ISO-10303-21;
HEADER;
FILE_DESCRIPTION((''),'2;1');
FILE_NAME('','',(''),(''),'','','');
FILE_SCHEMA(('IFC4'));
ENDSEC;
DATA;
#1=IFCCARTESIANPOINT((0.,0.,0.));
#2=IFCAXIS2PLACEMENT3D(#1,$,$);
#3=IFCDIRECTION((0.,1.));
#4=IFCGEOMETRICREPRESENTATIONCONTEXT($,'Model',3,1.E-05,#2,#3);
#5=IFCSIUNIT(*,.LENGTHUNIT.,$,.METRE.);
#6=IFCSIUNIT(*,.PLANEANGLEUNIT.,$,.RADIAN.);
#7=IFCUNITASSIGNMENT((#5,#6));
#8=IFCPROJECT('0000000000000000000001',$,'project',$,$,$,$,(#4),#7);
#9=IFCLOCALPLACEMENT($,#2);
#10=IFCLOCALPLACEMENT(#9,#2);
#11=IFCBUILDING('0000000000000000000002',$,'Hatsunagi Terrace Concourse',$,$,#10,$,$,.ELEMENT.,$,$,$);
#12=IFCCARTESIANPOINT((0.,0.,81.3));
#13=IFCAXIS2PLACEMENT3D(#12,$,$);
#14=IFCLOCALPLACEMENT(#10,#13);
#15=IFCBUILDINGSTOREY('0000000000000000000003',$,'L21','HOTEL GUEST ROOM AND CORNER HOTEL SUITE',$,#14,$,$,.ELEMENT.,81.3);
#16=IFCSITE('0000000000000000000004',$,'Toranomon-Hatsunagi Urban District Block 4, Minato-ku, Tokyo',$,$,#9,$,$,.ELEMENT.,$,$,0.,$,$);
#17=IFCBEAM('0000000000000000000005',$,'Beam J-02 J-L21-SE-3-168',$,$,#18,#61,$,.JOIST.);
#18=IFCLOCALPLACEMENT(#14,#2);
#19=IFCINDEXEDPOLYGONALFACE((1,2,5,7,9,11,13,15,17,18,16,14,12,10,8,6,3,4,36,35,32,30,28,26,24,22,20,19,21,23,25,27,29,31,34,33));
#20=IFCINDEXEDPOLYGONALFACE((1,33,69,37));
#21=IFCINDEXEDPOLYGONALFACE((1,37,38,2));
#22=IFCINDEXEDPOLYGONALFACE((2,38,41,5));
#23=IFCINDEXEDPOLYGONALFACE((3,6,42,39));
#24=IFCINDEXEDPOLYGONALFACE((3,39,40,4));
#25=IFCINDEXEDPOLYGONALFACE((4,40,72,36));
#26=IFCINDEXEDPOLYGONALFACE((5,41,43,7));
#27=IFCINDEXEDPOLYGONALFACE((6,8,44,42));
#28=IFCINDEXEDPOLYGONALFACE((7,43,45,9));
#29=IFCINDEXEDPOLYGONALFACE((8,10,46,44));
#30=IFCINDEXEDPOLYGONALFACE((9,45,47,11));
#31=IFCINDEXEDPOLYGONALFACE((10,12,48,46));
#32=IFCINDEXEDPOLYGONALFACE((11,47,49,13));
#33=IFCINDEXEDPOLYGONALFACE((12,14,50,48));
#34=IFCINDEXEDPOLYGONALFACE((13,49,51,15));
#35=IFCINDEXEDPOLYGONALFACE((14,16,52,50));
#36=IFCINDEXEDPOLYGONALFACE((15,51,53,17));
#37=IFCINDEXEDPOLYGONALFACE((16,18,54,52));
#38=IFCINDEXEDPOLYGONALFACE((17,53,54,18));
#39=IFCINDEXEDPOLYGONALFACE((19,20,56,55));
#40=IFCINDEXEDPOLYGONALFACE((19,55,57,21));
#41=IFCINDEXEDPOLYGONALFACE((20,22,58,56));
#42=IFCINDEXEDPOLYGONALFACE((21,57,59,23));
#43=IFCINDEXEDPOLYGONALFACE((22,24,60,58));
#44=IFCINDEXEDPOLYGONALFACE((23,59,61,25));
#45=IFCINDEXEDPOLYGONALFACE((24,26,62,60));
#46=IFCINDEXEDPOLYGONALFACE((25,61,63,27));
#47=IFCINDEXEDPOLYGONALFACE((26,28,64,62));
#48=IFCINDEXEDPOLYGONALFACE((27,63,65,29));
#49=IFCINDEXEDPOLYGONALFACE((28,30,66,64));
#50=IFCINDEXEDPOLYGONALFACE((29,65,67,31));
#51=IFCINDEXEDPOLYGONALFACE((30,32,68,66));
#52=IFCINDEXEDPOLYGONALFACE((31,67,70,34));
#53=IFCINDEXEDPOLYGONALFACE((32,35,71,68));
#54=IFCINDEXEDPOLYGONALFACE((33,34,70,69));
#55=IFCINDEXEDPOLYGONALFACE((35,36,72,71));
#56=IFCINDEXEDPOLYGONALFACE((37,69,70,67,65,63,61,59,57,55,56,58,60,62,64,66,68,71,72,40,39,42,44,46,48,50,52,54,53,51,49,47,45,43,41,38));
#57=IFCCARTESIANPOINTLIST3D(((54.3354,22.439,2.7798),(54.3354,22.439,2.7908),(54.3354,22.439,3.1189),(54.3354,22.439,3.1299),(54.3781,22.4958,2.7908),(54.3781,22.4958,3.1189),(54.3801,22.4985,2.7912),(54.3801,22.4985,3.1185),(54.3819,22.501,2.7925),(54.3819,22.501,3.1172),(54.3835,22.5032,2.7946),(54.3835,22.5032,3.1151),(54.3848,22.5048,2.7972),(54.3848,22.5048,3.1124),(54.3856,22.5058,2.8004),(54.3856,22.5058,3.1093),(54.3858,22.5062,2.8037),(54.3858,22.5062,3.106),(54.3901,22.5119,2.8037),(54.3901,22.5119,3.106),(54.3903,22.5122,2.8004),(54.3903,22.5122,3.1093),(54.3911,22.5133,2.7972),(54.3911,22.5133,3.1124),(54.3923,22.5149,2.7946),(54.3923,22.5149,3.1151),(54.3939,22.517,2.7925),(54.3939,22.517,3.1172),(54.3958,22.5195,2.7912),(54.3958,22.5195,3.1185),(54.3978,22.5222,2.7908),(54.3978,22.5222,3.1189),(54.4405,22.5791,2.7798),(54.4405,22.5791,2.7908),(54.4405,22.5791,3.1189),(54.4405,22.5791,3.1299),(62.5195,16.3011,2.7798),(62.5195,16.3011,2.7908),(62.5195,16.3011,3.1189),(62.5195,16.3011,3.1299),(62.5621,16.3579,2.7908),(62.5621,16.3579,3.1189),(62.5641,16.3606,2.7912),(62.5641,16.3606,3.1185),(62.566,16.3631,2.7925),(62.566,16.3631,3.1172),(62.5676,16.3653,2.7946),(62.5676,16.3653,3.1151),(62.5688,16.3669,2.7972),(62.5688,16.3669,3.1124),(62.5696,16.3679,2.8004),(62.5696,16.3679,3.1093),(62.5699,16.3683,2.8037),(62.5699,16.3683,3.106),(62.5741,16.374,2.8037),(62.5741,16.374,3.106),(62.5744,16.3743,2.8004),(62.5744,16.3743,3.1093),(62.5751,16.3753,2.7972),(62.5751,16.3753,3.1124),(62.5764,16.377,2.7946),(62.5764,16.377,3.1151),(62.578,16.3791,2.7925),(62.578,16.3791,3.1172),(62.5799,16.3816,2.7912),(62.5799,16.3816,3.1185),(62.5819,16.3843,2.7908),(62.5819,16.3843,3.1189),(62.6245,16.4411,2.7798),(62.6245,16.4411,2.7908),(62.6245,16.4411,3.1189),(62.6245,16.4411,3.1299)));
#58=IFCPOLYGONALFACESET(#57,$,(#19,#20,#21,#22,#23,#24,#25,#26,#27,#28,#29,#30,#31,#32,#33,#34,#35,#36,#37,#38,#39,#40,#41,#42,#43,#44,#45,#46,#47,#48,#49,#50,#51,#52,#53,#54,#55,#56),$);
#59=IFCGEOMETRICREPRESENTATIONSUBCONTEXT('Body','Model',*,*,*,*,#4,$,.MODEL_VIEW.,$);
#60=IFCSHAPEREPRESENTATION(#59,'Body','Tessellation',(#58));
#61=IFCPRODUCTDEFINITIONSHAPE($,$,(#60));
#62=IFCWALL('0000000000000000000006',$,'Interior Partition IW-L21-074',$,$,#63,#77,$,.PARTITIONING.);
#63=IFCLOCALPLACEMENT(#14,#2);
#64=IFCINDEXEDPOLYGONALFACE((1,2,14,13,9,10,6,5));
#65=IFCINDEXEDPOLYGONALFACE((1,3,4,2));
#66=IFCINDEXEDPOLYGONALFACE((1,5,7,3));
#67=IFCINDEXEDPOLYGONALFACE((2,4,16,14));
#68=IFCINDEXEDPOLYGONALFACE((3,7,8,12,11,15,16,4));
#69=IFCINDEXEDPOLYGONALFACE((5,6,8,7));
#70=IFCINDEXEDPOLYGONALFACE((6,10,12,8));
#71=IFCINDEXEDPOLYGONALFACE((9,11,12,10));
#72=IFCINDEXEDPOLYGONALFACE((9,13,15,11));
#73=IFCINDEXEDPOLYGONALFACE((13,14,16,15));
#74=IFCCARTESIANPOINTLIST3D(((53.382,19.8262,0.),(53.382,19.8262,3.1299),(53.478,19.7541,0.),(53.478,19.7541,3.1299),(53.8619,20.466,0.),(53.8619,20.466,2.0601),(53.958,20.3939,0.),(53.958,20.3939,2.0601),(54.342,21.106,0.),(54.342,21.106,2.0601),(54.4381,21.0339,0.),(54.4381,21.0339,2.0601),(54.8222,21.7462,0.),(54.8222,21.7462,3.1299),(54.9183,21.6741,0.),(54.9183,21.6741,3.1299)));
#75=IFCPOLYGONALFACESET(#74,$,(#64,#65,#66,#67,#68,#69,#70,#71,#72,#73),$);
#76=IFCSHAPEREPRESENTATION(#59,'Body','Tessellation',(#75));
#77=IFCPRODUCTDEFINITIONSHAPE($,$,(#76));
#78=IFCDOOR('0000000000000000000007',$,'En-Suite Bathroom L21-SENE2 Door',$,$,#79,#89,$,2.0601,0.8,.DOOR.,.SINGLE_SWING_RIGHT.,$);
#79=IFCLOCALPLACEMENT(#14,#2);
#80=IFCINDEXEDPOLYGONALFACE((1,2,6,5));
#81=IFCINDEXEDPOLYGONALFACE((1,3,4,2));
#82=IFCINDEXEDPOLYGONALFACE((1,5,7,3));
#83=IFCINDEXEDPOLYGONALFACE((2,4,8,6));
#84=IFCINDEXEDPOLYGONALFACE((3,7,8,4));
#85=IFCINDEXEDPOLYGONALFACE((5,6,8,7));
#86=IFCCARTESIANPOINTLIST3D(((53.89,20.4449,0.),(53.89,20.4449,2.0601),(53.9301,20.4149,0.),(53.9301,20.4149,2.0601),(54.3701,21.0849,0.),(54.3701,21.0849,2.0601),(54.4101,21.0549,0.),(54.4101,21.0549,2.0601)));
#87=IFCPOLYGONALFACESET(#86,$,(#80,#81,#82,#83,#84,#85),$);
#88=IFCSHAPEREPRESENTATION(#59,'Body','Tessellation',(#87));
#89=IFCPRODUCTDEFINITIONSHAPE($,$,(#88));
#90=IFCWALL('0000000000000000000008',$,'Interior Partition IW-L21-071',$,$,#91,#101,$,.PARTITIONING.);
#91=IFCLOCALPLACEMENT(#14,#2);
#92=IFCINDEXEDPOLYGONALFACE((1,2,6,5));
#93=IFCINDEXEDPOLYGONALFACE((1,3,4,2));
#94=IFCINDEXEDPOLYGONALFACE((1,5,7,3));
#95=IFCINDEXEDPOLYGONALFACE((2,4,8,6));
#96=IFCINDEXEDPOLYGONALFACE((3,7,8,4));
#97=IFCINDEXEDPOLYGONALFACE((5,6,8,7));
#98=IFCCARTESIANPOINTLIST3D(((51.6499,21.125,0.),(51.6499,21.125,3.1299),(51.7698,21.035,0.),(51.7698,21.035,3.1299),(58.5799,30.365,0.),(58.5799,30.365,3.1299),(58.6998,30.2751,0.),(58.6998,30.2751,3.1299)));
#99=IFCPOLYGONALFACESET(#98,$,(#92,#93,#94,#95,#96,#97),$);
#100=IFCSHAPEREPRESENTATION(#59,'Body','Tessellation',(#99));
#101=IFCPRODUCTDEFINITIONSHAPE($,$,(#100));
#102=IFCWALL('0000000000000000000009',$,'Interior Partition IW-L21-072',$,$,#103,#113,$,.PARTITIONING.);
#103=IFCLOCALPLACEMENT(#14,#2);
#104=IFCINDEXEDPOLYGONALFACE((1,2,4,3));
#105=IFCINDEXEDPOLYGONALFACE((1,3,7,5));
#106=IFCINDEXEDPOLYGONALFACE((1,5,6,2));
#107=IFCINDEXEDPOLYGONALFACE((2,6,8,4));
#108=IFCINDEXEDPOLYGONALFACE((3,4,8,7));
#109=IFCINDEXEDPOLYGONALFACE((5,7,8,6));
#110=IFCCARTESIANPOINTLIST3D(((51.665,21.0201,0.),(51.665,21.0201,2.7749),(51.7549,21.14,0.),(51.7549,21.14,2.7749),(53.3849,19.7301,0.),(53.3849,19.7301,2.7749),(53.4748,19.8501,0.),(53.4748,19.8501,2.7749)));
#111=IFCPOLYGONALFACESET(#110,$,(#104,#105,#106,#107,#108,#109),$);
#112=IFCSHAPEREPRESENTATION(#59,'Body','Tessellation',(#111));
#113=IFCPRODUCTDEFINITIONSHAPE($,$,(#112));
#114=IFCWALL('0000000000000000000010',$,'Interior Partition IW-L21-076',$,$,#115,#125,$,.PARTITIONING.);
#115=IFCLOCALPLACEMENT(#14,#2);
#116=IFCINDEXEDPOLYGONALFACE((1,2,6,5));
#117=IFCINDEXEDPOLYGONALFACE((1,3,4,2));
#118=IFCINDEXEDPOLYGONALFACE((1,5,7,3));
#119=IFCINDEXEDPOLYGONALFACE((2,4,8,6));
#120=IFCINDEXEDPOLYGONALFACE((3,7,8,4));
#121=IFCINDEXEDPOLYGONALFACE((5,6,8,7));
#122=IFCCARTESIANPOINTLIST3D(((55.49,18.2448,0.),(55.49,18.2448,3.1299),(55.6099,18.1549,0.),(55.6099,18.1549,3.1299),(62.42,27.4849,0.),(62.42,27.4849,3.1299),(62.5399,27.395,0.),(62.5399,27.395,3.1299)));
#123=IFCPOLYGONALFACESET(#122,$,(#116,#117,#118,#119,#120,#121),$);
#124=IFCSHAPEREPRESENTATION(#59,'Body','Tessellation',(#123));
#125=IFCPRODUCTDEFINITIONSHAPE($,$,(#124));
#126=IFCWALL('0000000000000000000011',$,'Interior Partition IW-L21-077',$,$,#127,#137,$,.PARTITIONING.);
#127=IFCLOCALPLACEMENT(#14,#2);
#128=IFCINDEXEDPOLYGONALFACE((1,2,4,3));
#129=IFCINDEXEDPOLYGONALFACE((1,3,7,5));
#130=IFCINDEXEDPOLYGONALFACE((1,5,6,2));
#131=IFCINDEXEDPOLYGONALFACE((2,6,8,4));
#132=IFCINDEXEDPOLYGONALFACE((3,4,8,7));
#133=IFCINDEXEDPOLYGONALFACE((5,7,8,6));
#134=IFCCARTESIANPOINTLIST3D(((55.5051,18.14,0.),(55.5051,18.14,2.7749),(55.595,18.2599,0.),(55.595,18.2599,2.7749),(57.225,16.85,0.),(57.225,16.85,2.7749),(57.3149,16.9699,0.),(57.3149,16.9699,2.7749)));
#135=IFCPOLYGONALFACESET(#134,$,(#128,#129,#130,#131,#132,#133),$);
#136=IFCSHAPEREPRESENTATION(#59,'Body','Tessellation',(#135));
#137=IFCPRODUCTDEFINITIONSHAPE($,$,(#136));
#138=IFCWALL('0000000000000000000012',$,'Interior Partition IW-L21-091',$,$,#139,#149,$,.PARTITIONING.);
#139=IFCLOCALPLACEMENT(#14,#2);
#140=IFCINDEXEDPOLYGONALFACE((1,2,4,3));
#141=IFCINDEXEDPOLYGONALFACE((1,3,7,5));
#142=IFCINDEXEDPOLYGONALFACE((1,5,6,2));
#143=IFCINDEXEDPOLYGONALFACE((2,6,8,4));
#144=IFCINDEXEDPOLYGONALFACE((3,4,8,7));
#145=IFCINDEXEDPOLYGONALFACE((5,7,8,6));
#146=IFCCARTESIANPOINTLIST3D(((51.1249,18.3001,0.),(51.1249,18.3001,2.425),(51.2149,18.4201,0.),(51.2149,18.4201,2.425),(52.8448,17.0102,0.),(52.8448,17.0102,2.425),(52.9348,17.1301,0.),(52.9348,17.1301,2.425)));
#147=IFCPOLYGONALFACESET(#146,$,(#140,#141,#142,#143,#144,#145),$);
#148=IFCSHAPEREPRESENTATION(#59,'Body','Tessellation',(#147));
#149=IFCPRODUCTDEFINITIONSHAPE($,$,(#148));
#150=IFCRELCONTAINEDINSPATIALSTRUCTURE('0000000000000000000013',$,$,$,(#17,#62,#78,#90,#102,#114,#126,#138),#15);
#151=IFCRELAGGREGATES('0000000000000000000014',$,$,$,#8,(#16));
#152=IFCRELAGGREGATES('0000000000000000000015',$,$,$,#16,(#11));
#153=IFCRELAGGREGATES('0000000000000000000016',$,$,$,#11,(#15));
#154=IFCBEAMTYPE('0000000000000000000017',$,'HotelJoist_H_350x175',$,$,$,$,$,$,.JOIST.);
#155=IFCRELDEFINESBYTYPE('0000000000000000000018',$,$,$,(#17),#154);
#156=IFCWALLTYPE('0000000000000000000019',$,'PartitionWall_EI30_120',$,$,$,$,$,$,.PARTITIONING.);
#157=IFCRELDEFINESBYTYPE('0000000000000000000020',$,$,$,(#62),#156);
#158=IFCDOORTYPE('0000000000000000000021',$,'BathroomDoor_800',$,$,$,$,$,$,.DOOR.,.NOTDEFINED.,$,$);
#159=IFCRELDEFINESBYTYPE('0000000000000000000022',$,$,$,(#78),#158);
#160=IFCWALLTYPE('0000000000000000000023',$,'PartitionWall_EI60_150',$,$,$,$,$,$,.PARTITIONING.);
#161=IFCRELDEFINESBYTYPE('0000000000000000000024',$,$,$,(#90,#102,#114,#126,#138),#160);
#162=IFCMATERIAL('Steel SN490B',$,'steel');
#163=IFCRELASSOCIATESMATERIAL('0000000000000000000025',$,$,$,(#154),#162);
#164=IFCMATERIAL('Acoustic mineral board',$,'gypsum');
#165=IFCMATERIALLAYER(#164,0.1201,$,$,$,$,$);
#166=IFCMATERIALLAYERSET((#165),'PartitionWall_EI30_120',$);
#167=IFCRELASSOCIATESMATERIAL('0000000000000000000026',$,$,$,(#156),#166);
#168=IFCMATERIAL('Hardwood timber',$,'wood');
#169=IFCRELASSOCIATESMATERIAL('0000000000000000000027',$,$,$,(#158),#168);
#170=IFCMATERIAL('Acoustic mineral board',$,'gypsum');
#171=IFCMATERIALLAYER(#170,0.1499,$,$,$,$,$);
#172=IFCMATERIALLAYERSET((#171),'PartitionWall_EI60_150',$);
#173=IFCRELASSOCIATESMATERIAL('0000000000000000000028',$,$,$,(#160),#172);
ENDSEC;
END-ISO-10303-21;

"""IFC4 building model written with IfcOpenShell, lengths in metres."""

from ifc_helpers import new_model, si_unit, direction, frame, frame_2d, origin, origin_2d, place, context, subcontext, project, spatial, rectangle, i_section, extrude, material, layer, layer_set, material_profile, profile_set, type_object, element, fill, save


model = new_model("IFC4")

# Units and contexts
model_context = context("Model", 3, precision=1e-05, world=origin(), true_north=direction((0.0, 1.0)))
body_context = subcontext(model_context, "Body", "Model", "MODEL_VIEW")
ifc_project = project(units=[si_unit("LENGTHUNIT", "METRE"), si_unit("PLANEANGLEUNIT", "RADIAN")], contexts=[model_context])

# Site, building, storey
site_placement = place(None, origin())
site = spatial("IfcSite", under=ifc_project, at=site_placement, Name="Toranomon-Hatsunagi Urban District Block 4, Minato-ku, Tokyo", CompositionType="ELEMENT", RefElevation=0.0)
building_placement = place(site_placement, origin())
building = spatial("IfcBuilding", under=site, at=building_placement, Name="Hatsunagi Terrace Concourse", CompositionType="ELEMENT")
storey_placement = place(building_placement, frame((0.0, 0.0, 81.3)))
storey = spatial("IfcBuildingStorey", under=building, at=storey_placement, Name="L21", Description="HOTEL GUEST ROOM AND CORNER HOTEL SUITE", CompositionType="ELEMENT", Elevation=81.3)

# Beam
ifc_material_1 = material(Name="Steel SN490B", Category="steel")
ifc_material_profile_1 = material_profile(ifc_material_1, i_section(OverallWidth=0.175, OverallDepth=0.3501, WebThickness=0.0071, FlangeThickness=0.011, FilletRadius=0.0129, at=origin_2d()), Name="H-350x175x7x11")
ifc_profile_set_1 = profile_set([ifc_material_profile_1], Name="Steel SN490B")
beam_type_1 = type_object("IfcBeamType", Name="HotelJoist_H_350x175", PredefinedType="JOIST", material=ifc_profile_set_1)
for number, where, z_axis, x_axis, name in (
    (1, (54.3879, 22.509, 2.9548), (0.800006, -0.599992, 0.0), (0.599992, 0.800006, 0.0), "Beam J-02 J-L21-SE-3-168"),
):
    element("IfcBeam", number, at=place(storey_placement, frame(where, z_axis=z_axis, x_axis=x_axis)), inside=storey, type_object=beam_type_1, Name=name, PredefinedType="JOIST", context=body_context, shape_type="SweptSolid", body=[
        extrude(i_section(OverallWidth=0.175, OverallDepth=0.3501, WebThickness=0.0071, FlangeThickness=0.011, FilletRadius=0.0129, at=origin_2d()), origin(), (0.0, 0.0, 1.0), 10.23),
    ])

# Wall, opening, door
ifc_material_2 = material(Name="Acoustic mineral board", Category="gypsum")
ifc_layer_1 = layer(ifc_material_2, 0.1201)
ifc_layer_set_1 = layer_set([ifc_layer_1], Name="PartitionWall_EI30_120")
wall_type_1 = type_object("IfcWallType", Name="PartitionWall_EI30_120", PredefinedType="PARTITIONING", material=ifc_layer_set_1)
wall_1_placement = place(storey_placement, frame((53.4299, 19.79, 0.0), z_axis=(0.0, 0.0, 1.0), x_axis=(0.600065, 0.799951, 0.0)))
wall_1 = element("IfcWall", 2, at=wall_1_placement, inside=storey, type_object=wall_type_1, Name="Interior Partition IW-L21-074", PredefinedType="PARTITIONING", context=body_context, shape_type="SweptSolid", body=[
    extrude(rectangle(XDim=2.4001, YDim=0.1201, at=frame_2d((1.2002, 0.0))), origin(), (0.0, 0.0, 1.0), 3.1299),
])
opening_1_placement = place(wall_1_placement, frame((0.8, 0.0, 0.0)))
opening_1 = element("IfcOpeningElement", 3, at=opening_1_placement, cuts=wall_1, PredefinedType="OPENING", context=body_context, shape_type="SweptSolid", body=[
    extrude(rectangle(XDim=0.8, YDim=2.0601, at=frame_2d((0.3999, 1.03))), frame((0.0, 0.0701, 0.0), z_axis=(0.0, -1.0, 0.0), x_axis=(1.0, 0.0, 0.0)), (0.0, 0.0, 1.0), 0.1401),
])
ifc_material_3 = material(Name="Hardwood timber", Category="wood")
door_type_1 = type_object("IfcDoorType", Name="BathroomDoor_800", OperationType="NOTDEFINED", PredefinedType="DOOR", material=ifc_material_3)
door_1_placement = place(opening_1_placement, origin())
door_1 = element("IfcDoor", 4, at=door_1_placement, inside=storey, type_object=door_type_1, Name="En-Suite Bathroom L21-SENE2 Door", OperationType="SINGLE_SWING_RIGHT", OverallHeight=2.0601, OverallWidth=0.8, PredefinedType="DOOR", context=body_context, shape_type="SweptSolid", body=[
    extrude(rectangle(XDim=0.8, YDim=2.0601, at=frame_2d((0.3999, 1.03))), frame((0.0, 0.0249, 0.0), z_axis=(0.0, -1.0, 0.0), x_axis=(1.0, 0.0, 0.0)), (0.0, 0.0, 1.0), 0.05),
])
fill(opening_1, door_1)

# Walls
ifc_material_4 = material(Name="Acoustic mineral board", Category="gypsum")
ifc_layer_2 = layer(ifc_material_4, 0.1499)
ifc_layer_set_2 = layer_set([ifc_layer_2], Name="PartitionWall_EI60_150")
wall_type_2 = type_object("IfcWallType", Name="PartitionWall_EI60_150", PredefinedType="PARTITIONING", material=ifc_layer_set_2)
wall_2_placement = place(storey_placement, frame((51.71, 21.0801, 0.0), z_axis=(0.0, 0.0, 1.0), x_axis=(0.599997, 0.800003, 0.0)))
element("IfcWall", 5, at=wall_2_placement, inside=storey, type_object=wall_type_2, Name="Interior Partition IW-L21-071", PredefinedType="PARTITIONING", context=body_context, shape_type="SweptSolid", body=[
    extrude(rectangle(XDim=11.55, YDim=0.1499, at=frame_2d((5.7749, 0.0))), origin(), (0.0, 0.0, 1.0), 3.1299),
])
wall_3_placement = place(storey_placement, frame((51.71, 21.0801, 0.0), z_axis=(0.0, 0.0, 1.0), x_axis=(0.799986, -0.600018, 0.0)))
element("IfcWall", 6, at=wall_3_placement, inside=storey, type_object=wall_type_2, Name="Interior Partition IW-L21-072", PredefinedType="PARTITIONING", context=body_context, shape_type="SweptSolid", body=[
    extrude(rectangle(XDim=2.1499, YDim=0.1499, at=frame_2d((1.075, 0.0))), origin(), (0.0, 0.0, 1.0), 2.7749),
])

# Walls
wall_4_placement = place(storey_placement, frame((55.55, 18.2, 0.0), z_axis=(0.0, 0.0, 1.0), x_axis=(0.599997, 0.800003, 0.0)))
element("IfcWall", 7, at=wall_4_placement, inside=storey, type_object=wall_type_2, Name="Interior Partition IW-L21-076", PredefinedType="PARTITIONING", context=body_context, shape_type="SweptSolid", body=[
    extrude(rectangle(XDim=11.55, YDim=0.1499, at=frame_2d((5.7749, 0.0))), origin(), (0.0, 0.0, 1.0), 3.1299),
])
wall_5_placement = place(storey_placement, frame((55.55, 18.2, 0.0), z_axis=(0.0, 0.0, 1.0), x_axis=(0.799986, -0.600018, 0.0)))
element("IfcWall", 8, at=wall_5_placement, inside=storey, type_object=wall_type_2, Name="Interior Partition IW-L21-077", PredefinedType="PARTITIONING", context=body_context, shape_type="SweptSolid", body=[
    extrude(rectangle(XDim=2.1499, YDim=0.1499, at=frame_2d((1.075, 0.0))), origin(), (0.0, 0.0, 1.0), 2.7749),
])
wall_6_placement = place(storey_placement, frame((51.1699, 18.3601, 0.0), z_axis=(0.0, 0.0, 1.0), x_axis=(0.799986, -0.600018, 0.0)))
element("IfcWall", 9, at=wall_6_placement, inside=storey, type_object=wall_type_2, Name="Interior Partition IW-L21-091", PredefinedType="PARTITIONING", context=body_context, shape_type="SweptSolid", body=[
    extrude(rectangle(XDim=2.1499, YDim=0.1499, at=frame_2d((1.075, 0.0))), origin(), (0.0, 0.0, 1.0), 2.425),
])

save(model, "model.ifc")
